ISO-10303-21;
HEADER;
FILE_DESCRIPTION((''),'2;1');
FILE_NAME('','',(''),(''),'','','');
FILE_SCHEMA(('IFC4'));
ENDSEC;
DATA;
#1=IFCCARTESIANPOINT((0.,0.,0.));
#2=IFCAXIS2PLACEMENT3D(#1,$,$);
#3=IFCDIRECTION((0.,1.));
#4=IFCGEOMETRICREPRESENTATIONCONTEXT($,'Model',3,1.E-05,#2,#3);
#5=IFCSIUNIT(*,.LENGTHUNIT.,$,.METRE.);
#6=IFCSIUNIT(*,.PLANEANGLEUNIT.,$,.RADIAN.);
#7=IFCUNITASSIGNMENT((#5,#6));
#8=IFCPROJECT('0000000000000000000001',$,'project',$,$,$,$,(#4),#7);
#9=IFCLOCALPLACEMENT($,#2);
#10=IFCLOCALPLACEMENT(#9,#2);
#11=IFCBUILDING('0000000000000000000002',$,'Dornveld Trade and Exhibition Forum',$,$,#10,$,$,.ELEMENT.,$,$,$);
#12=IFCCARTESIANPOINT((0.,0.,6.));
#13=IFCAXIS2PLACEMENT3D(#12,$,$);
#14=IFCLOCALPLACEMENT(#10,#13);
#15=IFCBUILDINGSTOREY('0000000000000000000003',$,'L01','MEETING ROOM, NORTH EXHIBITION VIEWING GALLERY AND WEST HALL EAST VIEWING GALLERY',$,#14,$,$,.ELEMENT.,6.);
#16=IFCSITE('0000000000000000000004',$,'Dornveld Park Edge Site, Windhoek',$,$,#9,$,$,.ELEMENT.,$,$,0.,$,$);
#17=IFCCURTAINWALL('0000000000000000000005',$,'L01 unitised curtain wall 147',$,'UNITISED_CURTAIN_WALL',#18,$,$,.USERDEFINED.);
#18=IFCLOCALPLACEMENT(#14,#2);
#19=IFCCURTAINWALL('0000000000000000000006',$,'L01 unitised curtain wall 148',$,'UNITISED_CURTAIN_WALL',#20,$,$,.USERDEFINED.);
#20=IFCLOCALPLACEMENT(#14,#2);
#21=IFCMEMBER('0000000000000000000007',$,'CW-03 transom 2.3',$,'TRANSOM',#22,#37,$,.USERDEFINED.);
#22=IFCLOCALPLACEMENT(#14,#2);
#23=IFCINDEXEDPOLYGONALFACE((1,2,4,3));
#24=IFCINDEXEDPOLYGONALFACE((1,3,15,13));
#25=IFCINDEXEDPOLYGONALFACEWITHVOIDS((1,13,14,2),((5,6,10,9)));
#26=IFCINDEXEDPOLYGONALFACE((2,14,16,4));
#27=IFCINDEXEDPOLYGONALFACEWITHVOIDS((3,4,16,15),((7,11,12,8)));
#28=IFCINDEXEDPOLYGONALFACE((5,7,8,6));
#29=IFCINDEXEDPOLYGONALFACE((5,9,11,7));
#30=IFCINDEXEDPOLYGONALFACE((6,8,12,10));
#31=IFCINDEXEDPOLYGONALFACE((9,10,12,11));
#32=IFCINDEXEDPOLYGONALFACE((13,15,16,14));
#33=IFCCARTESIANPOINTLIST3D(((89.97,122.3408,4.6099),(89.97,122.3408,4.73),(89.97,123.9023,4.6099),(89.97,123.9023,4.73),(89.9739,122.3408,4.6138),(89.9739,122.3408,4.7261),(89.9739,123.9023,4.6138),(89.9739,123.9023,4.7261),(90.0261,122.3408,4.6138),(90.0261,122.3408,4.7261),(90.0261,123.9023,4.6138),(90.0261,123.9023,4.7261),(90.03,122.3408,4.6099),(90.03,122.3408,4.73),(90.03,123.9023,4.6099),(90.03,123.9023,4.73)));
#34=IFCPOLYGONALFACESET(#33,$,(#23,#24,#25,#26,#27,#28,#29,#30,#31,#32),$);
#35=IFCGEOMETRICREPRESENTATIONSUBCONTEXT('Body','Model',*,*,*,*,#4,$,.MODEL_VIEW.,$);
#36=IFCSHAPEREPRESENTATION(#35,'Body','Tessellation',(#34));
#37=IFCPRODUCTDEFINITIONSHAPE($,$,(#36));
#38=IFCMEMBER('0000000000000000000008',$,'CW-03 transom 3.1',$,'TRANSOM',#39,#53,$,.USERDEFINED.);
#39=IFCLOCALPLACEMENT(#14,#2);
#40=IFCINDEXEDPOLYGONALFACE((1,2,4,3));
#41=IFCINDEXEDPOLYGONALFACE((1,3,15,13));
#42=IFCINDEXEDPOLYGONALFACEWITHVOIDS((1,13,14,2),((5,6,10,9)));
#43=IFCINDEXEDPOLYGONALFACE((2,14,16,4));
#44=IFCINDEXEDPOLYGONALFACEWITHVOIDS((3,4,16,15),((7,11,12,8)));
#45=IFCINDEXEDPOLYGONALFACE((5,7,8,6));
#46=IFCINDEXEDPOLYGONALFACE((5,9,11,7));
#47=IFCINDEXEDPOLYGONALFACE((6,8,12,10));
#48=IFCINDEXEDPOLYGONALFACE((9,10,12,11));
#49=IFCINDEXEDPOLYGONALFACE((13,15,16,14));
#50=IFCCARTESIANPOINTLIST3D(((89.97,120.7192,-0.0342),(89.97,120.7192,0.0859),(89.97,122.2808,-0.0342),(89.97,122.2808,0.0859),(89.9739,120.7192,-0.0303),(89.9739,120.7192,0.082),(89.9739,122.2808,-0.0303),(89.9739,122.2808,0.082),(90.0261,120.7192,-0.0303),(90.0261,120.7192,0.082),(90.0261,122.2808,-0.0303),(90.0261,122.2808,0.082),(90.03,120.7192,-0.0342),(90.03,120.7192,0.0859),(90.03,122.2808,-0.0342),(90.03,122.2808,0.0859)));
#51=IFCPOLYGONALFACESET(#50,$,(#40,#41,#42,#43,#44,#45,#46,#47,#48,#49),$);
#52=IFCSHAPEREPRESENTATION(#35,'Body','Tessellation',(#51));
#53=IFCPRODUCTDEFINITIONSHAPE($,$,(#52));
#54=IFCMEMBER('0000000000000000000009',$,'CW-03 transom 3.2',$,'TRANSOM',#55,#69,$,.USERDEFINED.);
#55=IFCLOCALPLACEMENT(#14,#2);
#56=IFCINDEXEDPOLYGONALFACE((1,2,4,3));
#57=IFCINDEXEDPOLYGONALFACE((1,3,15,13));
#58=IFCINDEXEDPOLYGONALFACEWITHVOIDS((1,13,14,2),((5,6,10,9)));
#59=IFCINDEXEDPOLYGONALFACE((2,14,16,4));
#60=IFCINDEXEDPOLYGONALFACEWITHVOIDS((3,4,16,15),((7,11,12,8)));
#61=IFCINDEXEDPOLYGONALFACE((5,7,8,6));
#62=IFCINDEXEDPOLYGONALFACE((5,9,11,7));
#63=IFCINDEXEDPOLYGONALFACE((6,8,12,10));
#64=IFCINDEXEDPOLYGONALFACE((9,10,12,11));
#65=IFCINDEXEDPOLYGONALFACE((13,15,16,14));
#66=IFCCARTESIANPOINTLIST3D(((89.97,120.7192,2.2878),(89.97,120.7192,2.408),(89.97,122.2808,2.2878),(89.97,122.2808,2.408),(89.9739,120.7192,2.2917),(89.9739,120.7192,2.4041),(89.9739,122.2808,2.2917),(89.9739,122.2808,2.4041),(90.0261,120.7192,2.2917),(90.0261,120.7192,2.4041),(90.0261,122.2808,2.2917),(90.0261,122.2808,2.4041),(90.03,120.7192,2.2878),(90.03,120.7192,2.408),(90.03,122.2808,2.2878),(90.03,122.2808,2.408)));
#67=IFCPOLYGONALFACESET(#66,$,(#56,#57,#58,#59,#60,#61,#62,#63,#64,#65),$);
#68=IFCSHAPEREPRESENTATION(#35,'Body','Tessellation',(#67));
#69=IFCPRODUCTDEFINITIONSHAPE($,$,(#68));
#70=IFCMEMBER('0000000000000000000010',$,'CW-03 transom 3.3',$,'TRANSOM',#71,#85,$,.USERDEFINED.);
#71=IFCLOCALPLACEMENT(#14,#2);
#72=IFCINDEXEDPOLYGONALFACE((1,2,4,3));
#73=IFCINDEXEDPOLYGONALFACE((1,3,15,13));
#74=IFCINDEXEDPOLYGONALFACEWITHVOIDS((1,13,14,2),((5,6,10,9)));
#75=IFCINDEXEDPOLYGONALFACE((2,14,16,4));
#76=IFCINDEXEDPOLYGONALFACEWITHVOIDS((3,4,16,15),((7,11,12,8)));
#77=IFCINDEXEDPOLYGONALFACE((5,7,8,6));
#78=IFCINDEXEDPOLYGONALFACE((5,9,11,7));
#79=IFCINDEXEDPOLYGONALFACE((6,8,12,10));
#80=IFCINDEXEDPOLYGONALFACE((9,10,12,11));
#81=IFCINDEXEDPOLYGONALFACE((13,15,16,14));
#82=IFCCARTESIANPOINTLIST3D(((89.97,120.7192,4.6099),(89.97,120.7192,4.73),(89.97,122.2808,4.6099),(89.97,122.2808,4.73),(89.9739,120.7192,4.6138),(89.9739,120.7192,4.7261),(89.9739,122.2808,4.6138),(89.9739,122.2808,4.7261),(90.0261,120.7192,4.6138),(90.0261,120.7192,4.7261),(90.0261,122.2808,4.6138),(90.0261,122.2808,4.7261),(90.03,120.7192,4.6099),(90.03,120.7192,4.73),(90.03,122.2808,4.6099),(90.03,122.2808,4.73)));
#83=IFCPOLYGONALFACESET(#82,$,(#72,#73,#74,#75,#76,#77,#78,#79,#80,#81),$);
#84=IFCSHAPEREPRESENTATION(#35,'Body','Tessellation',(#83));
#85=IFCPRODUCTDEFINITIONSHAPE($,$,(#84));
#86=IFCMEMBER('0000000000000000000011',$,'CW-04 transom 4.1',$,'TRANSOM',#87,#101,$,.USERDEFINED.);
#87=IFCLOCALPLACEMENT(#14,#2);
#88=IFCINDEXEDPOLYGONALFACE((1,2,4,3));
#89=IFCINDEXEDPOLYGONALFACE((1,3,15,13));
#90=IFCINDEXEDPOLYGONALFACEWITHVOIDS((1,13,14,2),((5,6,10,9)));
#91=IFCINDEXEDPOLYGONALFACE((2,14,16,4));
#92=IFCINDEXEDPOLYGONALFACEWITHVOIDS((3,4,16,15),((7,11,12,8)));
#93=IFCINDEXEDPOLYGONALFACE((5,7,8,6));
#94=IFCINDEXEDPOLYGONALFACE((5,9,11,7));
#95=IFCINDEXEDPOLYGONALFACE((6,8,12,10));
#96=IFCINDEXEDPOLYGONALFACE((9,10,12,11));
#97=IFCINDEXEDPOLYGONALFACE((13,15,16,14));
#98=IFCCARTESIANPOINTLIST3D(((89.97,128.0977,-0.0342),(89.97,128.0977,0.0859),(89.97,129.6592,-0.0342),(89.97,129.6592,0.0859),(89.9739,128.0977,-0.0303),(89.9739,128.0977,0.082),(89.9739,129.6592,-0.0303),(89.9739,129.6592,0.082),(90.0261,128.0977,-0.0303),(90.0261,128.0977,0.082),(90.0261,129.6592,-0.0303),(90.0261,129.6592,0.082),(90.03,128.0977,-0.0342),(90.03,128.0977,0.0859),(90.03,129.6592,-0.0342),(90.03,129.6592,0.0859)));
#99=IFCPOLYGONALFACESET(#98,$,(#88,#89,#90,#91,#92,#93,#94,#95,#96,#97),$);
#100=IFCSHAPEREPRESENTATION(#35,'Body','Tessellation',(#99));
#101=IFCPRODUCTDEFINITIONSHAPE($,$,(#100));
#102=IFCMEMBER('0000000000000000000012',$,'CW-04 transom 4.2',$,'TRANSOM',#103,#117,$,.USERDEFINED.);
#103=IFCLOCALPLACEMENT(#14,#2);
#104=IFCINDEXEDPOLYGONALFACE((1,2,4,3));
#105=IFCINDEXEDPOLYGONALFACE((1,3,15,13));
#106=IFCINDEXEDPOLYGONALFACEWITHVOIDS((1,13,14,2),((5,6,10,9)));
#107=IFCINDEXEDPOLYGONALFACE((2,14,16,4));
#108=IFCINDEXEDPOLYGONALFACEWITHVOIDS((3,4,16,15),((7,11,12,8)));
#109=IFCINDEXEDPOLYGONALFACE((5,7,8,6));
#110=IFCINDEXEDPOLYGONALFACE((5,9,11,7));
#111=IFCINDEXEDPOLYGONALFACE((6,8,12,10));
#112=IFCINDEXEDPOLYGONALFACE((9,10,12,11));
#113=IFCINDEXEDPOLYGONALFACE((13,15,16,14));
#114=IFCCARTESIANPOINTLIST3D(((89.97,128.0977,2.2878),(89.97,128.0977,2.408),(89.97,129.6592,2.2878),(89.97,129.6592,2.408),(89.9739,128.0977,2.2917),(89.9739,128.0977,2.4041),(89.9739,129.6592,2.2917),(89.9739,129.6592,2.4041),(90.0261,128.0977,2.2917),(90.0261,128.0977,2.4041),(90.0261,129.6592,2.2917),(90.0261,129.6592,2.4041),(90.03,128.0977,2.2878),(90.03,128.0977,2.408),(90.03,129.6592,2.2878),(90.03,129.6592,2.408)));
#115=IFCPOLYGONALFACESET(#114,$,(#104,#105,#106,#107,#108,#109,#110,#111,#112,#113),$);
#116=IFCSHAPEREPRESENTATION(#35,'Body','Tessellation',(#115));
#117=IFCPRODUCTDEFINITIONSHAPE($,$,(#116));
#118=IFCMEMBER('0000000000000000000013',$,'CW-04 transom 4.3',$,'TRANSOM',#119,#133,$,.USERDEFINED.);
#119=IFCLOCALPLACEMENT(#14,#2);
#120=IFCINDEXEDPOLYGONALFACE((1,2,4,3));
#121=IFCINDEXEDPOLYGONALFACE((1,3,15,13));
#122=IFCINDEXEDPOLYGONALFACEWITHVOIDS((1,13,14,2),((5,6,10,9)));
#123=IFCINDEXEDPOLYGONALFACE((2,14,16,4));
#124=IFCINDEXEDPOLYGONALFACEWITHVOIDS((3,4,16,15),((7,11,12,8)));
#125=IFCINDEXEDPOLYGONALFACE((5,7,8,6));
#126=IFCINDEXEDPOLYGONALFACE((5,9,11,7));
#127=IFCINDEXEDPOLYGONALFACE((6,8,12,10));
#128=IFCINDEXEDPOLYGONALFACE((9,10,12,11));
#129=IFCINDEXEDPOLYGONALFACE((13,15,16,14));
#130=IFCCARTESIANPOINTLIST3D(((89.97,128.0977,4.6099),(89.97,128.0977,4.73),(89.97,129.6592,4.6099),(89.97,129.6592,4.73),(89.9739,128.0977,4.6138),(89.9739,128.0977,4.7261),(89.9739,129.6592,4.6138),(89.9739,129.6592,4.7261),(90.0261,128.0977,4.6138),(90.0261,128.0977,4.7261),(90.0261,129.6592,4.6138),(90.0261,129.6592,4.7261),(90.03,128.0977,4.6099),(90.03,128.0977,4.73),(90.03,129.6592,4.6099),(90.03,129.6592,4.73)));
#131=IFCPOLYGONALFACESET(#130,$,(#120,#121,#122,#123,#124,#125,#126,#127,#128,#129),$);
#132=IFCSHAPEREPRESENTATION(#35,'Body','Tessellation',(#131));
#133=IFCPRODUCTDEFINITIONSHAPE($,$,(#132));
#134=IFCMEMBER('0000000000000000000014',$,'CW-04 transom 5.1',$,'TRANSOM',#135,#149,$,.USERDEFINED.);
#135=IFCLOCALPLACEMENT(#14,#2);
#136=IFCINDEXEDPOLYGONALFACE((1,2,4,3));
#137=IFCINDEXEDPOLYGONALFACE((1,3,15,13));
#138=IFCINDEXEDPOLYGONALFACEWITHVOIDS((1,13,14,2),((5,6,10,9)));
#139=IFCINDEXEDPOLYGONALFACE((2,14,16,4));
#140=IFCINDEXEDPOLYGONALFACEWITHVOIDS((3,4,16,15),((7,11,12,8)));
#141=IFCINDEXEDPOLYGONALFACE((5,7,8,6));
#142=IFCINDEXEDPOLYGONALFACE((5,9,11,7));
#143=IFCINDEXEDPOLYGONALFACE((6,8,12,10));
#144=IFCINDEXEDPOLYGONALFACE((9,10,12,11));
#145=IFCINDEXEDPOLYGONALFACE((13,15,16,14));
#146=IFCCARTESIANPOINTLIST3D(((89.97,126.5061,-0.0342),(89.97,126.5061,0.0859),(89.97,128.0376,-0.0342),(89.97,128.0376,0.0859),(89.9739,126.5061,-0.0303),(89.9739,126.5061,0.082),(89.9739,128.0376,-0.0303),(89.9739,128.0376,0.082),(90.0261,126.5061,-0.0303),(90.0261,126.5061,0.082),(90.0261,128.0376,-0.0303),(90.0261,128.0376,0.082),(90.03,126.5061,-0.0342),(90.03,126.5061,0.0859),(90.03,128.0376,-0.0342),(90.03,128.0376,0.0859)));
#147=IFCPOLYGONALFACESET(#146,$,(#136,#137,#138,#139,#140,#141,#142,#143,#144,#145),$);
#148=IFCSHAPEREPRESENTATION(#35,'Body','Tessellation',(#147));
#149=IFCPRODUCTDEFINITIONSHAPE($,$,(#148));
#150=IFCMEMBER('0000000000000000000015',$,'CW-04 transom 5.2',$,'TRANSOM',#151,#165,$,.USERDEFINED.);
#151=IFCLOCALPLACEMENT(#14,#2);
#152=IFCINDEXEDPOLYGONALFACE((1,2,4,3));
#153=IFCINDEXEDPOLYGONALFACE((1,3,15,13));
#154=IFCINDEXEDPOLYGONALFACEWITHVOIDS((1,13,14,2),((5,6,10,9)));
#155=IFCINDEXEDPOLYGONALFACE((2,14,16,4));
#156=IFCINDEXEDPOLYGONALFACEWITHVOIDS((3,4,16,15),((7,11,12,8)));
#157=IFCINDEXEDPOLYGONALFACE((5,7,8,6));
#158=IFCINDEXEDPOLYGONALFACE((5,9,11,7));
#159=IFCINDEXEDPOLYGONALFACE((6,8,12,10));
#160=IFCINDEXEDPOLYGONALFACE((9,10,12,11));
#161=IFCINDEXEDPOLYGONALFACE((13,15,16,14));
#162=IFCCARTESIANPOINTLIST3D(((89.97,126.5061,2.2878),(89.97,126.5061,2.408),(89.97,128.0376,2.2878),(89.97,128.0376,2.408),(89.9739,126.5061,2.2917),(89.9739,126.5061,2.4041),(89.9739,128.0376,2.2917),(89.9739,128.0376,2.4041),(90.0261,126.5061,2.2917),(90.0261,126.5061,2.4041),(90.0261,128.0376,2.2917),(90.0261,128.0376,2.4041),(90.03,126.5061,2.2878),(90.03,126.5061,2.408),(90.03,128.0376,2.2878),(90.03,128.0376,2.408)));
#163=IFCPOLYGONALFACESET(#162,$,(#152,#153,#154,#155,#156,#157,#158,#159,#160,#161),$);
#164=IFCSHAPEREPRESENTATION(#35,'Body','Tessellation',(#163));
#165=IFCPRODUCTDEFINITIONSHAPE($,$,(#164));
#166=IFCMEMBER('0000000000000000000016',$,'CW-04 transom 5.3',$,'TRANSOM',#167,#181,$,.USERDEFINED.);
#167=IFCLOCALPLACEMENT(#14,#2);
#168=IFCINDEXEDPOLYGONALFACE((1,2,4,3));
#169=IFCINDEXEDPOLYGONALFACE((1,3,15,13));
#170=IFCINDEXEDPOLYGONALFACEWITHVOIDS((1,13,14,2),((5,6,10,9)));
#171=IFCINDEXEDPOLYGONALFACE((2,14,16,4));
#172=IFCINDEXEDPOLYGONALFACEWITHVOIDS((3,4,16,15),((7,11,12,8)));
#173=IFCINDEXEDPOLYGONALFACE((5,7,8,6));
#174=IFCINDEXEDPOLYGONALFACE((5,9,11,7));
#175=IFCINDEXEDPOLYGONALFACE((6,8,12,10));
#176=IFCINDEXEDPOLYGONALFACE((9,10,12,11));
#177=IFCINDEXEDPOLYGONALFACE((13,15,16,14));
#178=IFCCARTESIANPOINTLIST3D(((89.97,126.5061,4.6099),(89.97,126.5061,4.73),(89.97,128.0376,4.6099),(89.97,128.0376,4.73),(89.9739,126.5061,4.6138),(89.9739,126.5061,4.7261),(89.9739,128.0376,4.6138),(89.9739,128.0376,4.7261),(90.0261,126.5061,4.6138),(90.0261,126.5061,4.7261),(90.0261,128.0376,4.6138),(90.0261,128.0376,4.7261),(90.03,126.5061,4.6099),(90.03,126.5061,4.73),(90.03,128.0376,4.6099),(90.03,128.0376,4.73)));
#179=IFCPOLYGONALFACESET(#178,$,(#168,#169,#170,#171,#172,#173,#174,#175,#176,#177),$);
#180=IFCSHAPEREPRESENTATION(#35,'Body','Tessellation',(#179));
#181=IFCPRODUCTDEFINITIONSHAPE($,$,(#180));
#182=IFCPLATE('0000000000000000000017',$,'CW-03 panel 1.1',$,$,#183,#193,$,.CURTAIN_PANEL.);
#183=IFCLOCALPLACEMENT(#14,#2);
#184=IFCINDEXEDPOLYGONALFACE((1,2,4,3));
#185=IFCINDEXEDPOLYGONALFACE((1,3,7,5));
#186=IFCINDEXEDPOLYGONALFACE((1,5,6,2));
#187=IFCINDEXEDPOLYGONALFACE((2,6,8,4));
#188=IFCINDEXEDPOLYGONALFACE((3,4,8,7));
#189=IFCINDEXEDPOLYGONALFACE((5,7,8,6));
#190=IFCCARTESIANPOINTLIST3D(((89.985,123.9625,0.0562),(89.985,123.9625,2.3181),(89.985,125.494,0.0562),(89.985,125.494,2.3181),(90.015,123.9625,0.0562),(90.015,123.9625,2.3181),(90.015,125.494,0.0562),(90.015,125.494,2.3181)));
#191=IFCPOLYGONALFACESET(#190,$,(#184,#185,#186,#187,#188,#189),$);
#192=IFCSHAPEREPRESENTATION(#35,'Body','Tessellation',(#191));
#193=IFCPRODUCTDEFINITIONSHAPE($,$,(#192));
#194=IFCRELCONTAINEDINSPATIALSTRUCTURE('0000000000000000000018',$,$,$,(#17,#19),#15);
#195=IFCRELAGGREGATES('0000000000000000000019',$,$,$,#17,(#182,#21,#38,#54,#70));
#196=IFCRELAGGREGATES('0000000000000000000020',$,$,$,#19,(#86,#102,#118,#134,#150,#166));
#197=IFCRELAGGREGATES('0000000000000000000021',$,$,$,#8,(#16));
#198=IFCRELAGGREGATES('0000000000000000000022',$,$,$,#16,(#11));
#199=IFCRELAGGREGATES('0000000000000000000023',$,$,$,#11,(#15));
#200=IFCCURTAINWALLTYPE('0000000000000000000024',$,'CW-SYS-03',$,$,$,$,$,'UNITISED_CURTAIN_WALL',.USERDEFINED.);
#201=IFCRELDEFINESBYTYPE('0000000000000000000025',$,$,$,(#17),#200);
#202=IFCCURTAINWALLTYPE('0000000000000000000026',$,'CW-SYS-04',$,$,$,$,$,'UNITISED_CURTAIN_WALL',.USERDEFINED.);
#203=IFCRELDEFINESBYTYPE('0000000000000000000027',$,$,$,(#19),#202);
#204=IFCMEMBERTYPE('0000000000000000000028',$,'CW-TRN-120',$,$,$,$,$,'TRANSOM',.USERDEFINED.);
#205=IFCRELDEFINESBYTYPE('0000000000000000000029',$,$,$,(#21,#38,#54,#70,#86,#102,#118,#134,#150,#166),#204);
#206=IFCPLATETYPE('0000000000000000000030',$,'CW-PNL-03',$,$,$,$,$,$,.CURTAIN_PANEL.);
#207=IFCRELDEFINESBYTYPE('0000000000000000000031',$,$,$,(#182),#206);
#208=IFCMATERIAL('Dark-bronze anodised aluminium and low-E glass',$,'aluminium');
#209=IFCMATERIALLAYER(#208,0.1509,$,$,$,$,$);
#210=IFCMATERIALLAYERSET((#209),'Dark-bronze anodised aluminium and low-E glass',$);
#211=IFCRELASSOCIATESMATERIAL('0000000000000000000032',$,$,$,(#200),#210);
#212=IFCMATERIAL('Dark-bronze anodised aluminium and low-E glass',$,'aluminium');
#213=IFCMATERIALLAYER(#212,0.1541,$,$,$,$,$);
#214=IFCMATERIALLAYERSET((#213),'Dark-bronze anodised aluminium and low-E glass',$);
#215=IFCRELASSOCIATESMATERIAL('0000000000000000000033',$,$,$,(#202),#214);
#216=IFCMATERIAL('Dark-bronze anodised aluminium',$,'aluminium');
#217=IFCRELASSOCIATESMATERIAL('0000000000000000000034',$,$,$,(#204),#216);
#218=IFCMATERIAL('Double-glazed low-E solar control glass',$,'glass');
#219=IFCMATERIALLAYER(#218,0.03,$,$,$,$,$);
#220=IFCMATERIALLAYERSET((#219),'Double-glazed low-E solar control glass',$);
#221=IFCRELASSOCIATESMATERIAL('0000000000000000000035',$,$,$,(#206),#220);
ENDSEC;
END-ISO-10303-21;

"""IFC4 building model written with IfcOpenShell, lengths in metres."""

from ifc_helpers import new_model, si_unit, direction, frame, origin, origin_2d, place, context, subcontext, project, spatial, rectangle, hollow_rectangle, extrude, material, layer, layer_set, material_profile, profile_set, type_object, element, aggregate, save


model = new_model("IFC4")

# Units and contexts
model_context = context("Model", 3, precision=1e-05, world=origin(), true_north=direction((0.0, 1.0)))
body_context = subcontext(model_context, "Body", "Model", "MODEL_VIEW")
ifc_project = project(units=[si_unit("LENGTHUNIT", "METRE"), si_unit("PLANEANGLEUNIT", "RADIAN")], contexts=[model_context])

# Site, building, storey
site_placement = place(None, origin())
site = spatial("IfcSite", under=ifc_project, at=site_placement, Name="Dornveld Park Edge Site, Windhoek", CompositionType="ELEMENT", RefElevation=0.0)
building_placement = place(site_placement, origin())
building = spatial("IfcBuilding", under=site, at=building_placement, Name="Dornveld Trade and Exhibition Forum", CompositionType="ELEMENT")
storey_placement = place(building_placement, frame((0.0, 0.0, 6.0)))
storey = spatial("IfcBuildingStorey", under=building, at=storey_placement, Name="L01", Description="MEETING ROOM, NORTH EXHIBITION VIEWING GALLERY AND WEST HALL EAST VIEWING GALLERY", CompositionType="ELEMENT", Elevation=6.0)

# Curtain walls
ifc_material_1 = material(Name="Dark-bronze anodised aluminium and low-E glass", Category="aluminium")
ifc_layer_1 = layer(ifc_material_1, 0.1509)
ifc_layer_set_1 = layer_set([ifc_layer_1], Name="Dark-bronze anodised aluminium and low-E glass")
curtain_wall_type_1 = type_object("IfcCurtainWallType", Name="CW-SYS-03", ElementType="UNITISED_CURTAIN_WALL", PredefinedType="USERDEFINED", material=ifc_layer_set_1)
curtain_wall_1_placement = place(storey_placement, origin())
curtain_wall_1 = element("IfcCurtainWall", 1, at=curtain_wall_1_placement, inside=storey, type_object=curtain_wall_type_1, Name="L01 unitised curtain wall 147", ObjectType="UNITISED_CURTAIN_WALL", PredefinedType="USERDEFINED")
ifc_material_2 = material(Name="Dark-bronze anodised aluminium and low-E glass", Category="aluminium")
ifc_layer_2 = layer(ifc_material_2, 0.1541)
ifc_layer_set_2 = layer_set([ifc_layer_2], Name="Dark-bronze anodised aluminium and low-E glass")
curtain_wall_type_2 = type_object("IfcCurtainWallType", Name="CW-SYS-04", ElementType="UNITISED_CURTAIN_WALL", PredefinedType="USERDEFINED", material=ifc_layer_set_2)
curtain_wall_2_placement = place(storey_placement, origin())
curtain_wall_2 = element("IfcCurtainWall", 2, at=curtain_wall_2_placement, inside=storey, type_object=curtain_wall_type_2, Name="L01 unitised curtain wall 148", ObjectType="UNITISED_CURTAIN_WALL", PredefinedType="USERDEFINED")

# Members
ifc_material_3 = material(Name="Dark-bronze anodised aluminium", Category="aluminium")
ifc_material_profile_1 = material_profile(ifc_material_3, hollow_rectangle(XDim=0.0601, YDim=0.1201, WallThickness=0.0039, at=origin_2d()), Name="RHS 120x60x4")
ifc_profile_set_1 = profile_set([ifc_material_profile_1], Name="Dark-bronze anodised aluminium")
member_type_1 = type_object("IfcMemberType", Name="CW-TRN-120", ElementType="TRANSOM", PredefinedType="USERDEFINED", material=ifc_profile_set_1)
member_1_placement = place(storey_placement, frame((90.0, 123.9023, 4.6699), z_axis=(0.0, -1.0, 0.0), x_axis=(1.0, 0.0, 0.0)))
member_1 = element("IfcMember", 3, at=member_1_placement, type_object=member_type_1, Name="CW-03 transom 2.3", ObjectType="TRANSOM", PredefinedType="USERDEFINED", context=body_context, shape_type="SweptSolid", body=[
    extrude(hollow_rectangle(XDim=0.0601, YDim=0.1201, WallThickness=0.0039, at=origin_2d()), origin(), (0.0, 0.0, 1.0), 1.5615),
])
member_2_placement = place(storey_placement, frame((90.0, 122.2808, 0.0259), z_axis=(0.0, -1.0, 0.0), x_axis=(1.0, 0.0, 0.0)))
member_2 = element("IfcMember", 4, at=member_2_placement, type_object=member_type_1, Name="CW-03 transom 3.1", ObjectType="TRANSOM", PredefinedType="USERDEFINED", context=body_context, shape_type="SweptSolid", body=[
    extrude(hollow_rectangle(XDim=0.0601, YDim=0.1201, WallThickness=0.0039, at=origin_2d()), origin(), (0.0, 0.0, 1.0), 1.5615),
])
member_3_placement = place(storey_placement, frame((90.0, 122.2808, 2.3479), z_axis=(0.0, -1.0, 0.0), x_axis=(1.0, 0.0, 0.0)))
member_3 = element("IfcMember", 5, at=member_3_placement, type_object=member_type_1, Name="CW-03 transom 3.2", ObjectType="TRANSOM", PredefinedType="USERDEFINED", context=body_context, shape_type="SweptSolid", body=[
    extrude(hollow_rectangle(XDim=0.0601, YDim=0.1201, WallThickness=0.0039, at=origin_2d()), origin(), (0.0, 0.0, 1.0), 1.5615),
])
member_4_placement = place(storey_placement, frame((90.0, 122.2808, 4.6699), z_axis=(0.0, -1.0, 0.0), x_axis=(1.0, 0.0, 0.0)))
member_4 = element("IfcMember", 6, at=member_4_placement, type_object=member_type_1, Name="CW-03 transom 3.3", ObjectType="TRANSOM", PredefinedType="USERDEFINED", context=body_context, shape_type="SweptSolid", body=[
    extrude(hollow_rectangle(XDim=0.0601, YDim=0.1201, WallThickness=0.0039, at=origin_2d()), origin(), (0.0, 0.0, 1.0), 1.5615),
])
member_5_placement = place(storey_placement, frame((90.0, 129.6592, 0.0259), z_axis=(0.0, -1.0, 0.0), x_axis=(1.0, 0.0, 0.0)))
member_5 = element("IfcMember", 7, at=member_5_placement, type_object=member_type_1, Name="CW-04 transom 4.1", ObjectType="TRANSOM", PredefinedType="USERDEFINED", context=body_context, shape_type="SweptSolid", body=[
    extrude(hollow_rectangle(XDim=0.0601, YDim=0.1201, WallThickness=0.0039, at=origin_2d()), origin(), (0.0, 0.0, 1.0), 1.5615),
])
member_6_placement = place(storey_placement, frame((90.0, 129.6592, 2.3479), z_axis=(0.0, -1.0, 0.0), x_axis=(1.0, 0.0, 0.0)))
member_6 = element("IfcMember", 8, at=member_6_placement, type_object=member_type_1, Name="CW-04 transom 4.2", ObjectType="TRANSOM", PredefinedType="USERDEFINED", context=body_context, shape_type="SweptSolid", body=[
    extrude(hollow_rectangle(XDim=0.0601, YDim=0.1201, WallThickness=0.0039, at=origin_2d()), origin(), (0.0, 0.0, 1.0), 1.5615),
])
member_7_placement = place(storey_placement, frame((90.0, 129.6592, 4.6699), z_axis=(0.0, -1.0, 0.0), x_axis=(1.0, 0.0, 0.0)))
member_7 = element("IfcMember", 9, at=member_7_placement, type_object=member_type_1, Name="CW-04 transom 4.3", ObjectType="TRANSOM", PredefinedType="USERDEFINED", context=body_context, shape_type="SweptSolid", body=[
    extrude(hollow_rectangle(XDim=0.0601, YDim=0.1201, WallThickness=0.0039, at=origin_2d()), origin(), (0.0, 0.0, 1.0), 1.5615),
])
member_8_placement = place(storey_placement, frame((90.0, 128.0376, 0.0259), z_axis=(0.0, -1.0, 0.0), x_axis=(1.0, 0.0, 0.0)))
member_8 = element("IfcMember", 10, at=member_8_placement, type_object=member_type_1, Name="CW-04 transom 5.1", ObjectType="TRANSOM", PredefinedType="USERDEFINED", context=body_context, shape_type="SweptSolid", body=[
    extrude(hollow_rectangle(XDim=0.0601, YDim=0.1201, WallThickness=0.0039, at=origin_2d()), origin(), (0.0, 0.0, 1.0), 1.5315),
])
member_9_placement = place(storey_placement, frame((90.0, 128.0376, 2.3479), z_axis=(0.0, -1.0, 0.0), x_axis=(1.0, 0.0, 0.0)))
member_9 = element("IfcMember", 11, at=member_9_placement, type_object=member_type_1, Name="CW-04 transom 5.2", ObjectType="TRANSOM", PredefinedType="USERDEFINED", context=body_context, shape_type="SweptSolid", body=[
    extrude(hollow_rectangle(XDim=0.0601, YDim=0.1201, WallThickness=0.0039, at=origin_2d()), origin(), (0.0, 0.0, 1.0), 1.5315),
])
member_10_placement = place(storey_placement, frame((90.0, 128.0376, 4.6699), z_axis=(0.0, -1.0, 0.0), x_axis=(1.0, 0.0, 0.0)))
member_10 = element("IfcMember", 12, at=member_10_placement, type_object=member_type_1, Name="CW-04 transom 5.3", ObjectType="TRANSOM", PredefinedType="USERDEFINED", context=body_context, shape_type="SweptSolid", body=[
    extrude(hollow_rectangle(XDim=0.0601, YDim=0.1201, WallThickness=0.0039, at=origin_2d()), origin(), (0.0, 0.0, 1.0), 1.5315),
])

# Plate
ifc_material_4 = material(Name="Double-glazed low-E solar control glass", Category="glass")
ifc_layer_3 = layer(ifc_material_4, 0.03)
ifc_layer_set_3 = layer_set([ifc_layer_3], Name="Double-glazed low-E solar control glass")
plate_type_1 = type_object("IfcPlateType", Name="CW-PNL-03", PredefinedType="CURTAIN_PANEL", material=ifc_layer_set_3)
plate_1_placement = place(storey_placement, frame((90.0, 124.7283, 0.0562), z_axis=(0.0, 0.0, 1.0), x_axis=(0.0, -1.0, 0.0)))
plate_1 = element("IfcPlate", 13, at=plate_1_placement, type_object=plate_type_1, Name="CW-03 panel 1.1", PredefinedType="CURTAIN_PANEL", context=body_context, shape_type="SweptSolid", body=[
    extrude(rectangle(XDim=1.5315, YDim=0.03, at=origin_2d()), origin(), (0.0, 0.0, 1.0), 2.262),
])
aggregate(curtain_wall_1, [plate_1, member_1, member_2, member_3, member_4])
aggregate(curtain_wall_2, [member_5, member_6, member_7, member_8, member_9, member_10])

save(model, "model.ifc")
